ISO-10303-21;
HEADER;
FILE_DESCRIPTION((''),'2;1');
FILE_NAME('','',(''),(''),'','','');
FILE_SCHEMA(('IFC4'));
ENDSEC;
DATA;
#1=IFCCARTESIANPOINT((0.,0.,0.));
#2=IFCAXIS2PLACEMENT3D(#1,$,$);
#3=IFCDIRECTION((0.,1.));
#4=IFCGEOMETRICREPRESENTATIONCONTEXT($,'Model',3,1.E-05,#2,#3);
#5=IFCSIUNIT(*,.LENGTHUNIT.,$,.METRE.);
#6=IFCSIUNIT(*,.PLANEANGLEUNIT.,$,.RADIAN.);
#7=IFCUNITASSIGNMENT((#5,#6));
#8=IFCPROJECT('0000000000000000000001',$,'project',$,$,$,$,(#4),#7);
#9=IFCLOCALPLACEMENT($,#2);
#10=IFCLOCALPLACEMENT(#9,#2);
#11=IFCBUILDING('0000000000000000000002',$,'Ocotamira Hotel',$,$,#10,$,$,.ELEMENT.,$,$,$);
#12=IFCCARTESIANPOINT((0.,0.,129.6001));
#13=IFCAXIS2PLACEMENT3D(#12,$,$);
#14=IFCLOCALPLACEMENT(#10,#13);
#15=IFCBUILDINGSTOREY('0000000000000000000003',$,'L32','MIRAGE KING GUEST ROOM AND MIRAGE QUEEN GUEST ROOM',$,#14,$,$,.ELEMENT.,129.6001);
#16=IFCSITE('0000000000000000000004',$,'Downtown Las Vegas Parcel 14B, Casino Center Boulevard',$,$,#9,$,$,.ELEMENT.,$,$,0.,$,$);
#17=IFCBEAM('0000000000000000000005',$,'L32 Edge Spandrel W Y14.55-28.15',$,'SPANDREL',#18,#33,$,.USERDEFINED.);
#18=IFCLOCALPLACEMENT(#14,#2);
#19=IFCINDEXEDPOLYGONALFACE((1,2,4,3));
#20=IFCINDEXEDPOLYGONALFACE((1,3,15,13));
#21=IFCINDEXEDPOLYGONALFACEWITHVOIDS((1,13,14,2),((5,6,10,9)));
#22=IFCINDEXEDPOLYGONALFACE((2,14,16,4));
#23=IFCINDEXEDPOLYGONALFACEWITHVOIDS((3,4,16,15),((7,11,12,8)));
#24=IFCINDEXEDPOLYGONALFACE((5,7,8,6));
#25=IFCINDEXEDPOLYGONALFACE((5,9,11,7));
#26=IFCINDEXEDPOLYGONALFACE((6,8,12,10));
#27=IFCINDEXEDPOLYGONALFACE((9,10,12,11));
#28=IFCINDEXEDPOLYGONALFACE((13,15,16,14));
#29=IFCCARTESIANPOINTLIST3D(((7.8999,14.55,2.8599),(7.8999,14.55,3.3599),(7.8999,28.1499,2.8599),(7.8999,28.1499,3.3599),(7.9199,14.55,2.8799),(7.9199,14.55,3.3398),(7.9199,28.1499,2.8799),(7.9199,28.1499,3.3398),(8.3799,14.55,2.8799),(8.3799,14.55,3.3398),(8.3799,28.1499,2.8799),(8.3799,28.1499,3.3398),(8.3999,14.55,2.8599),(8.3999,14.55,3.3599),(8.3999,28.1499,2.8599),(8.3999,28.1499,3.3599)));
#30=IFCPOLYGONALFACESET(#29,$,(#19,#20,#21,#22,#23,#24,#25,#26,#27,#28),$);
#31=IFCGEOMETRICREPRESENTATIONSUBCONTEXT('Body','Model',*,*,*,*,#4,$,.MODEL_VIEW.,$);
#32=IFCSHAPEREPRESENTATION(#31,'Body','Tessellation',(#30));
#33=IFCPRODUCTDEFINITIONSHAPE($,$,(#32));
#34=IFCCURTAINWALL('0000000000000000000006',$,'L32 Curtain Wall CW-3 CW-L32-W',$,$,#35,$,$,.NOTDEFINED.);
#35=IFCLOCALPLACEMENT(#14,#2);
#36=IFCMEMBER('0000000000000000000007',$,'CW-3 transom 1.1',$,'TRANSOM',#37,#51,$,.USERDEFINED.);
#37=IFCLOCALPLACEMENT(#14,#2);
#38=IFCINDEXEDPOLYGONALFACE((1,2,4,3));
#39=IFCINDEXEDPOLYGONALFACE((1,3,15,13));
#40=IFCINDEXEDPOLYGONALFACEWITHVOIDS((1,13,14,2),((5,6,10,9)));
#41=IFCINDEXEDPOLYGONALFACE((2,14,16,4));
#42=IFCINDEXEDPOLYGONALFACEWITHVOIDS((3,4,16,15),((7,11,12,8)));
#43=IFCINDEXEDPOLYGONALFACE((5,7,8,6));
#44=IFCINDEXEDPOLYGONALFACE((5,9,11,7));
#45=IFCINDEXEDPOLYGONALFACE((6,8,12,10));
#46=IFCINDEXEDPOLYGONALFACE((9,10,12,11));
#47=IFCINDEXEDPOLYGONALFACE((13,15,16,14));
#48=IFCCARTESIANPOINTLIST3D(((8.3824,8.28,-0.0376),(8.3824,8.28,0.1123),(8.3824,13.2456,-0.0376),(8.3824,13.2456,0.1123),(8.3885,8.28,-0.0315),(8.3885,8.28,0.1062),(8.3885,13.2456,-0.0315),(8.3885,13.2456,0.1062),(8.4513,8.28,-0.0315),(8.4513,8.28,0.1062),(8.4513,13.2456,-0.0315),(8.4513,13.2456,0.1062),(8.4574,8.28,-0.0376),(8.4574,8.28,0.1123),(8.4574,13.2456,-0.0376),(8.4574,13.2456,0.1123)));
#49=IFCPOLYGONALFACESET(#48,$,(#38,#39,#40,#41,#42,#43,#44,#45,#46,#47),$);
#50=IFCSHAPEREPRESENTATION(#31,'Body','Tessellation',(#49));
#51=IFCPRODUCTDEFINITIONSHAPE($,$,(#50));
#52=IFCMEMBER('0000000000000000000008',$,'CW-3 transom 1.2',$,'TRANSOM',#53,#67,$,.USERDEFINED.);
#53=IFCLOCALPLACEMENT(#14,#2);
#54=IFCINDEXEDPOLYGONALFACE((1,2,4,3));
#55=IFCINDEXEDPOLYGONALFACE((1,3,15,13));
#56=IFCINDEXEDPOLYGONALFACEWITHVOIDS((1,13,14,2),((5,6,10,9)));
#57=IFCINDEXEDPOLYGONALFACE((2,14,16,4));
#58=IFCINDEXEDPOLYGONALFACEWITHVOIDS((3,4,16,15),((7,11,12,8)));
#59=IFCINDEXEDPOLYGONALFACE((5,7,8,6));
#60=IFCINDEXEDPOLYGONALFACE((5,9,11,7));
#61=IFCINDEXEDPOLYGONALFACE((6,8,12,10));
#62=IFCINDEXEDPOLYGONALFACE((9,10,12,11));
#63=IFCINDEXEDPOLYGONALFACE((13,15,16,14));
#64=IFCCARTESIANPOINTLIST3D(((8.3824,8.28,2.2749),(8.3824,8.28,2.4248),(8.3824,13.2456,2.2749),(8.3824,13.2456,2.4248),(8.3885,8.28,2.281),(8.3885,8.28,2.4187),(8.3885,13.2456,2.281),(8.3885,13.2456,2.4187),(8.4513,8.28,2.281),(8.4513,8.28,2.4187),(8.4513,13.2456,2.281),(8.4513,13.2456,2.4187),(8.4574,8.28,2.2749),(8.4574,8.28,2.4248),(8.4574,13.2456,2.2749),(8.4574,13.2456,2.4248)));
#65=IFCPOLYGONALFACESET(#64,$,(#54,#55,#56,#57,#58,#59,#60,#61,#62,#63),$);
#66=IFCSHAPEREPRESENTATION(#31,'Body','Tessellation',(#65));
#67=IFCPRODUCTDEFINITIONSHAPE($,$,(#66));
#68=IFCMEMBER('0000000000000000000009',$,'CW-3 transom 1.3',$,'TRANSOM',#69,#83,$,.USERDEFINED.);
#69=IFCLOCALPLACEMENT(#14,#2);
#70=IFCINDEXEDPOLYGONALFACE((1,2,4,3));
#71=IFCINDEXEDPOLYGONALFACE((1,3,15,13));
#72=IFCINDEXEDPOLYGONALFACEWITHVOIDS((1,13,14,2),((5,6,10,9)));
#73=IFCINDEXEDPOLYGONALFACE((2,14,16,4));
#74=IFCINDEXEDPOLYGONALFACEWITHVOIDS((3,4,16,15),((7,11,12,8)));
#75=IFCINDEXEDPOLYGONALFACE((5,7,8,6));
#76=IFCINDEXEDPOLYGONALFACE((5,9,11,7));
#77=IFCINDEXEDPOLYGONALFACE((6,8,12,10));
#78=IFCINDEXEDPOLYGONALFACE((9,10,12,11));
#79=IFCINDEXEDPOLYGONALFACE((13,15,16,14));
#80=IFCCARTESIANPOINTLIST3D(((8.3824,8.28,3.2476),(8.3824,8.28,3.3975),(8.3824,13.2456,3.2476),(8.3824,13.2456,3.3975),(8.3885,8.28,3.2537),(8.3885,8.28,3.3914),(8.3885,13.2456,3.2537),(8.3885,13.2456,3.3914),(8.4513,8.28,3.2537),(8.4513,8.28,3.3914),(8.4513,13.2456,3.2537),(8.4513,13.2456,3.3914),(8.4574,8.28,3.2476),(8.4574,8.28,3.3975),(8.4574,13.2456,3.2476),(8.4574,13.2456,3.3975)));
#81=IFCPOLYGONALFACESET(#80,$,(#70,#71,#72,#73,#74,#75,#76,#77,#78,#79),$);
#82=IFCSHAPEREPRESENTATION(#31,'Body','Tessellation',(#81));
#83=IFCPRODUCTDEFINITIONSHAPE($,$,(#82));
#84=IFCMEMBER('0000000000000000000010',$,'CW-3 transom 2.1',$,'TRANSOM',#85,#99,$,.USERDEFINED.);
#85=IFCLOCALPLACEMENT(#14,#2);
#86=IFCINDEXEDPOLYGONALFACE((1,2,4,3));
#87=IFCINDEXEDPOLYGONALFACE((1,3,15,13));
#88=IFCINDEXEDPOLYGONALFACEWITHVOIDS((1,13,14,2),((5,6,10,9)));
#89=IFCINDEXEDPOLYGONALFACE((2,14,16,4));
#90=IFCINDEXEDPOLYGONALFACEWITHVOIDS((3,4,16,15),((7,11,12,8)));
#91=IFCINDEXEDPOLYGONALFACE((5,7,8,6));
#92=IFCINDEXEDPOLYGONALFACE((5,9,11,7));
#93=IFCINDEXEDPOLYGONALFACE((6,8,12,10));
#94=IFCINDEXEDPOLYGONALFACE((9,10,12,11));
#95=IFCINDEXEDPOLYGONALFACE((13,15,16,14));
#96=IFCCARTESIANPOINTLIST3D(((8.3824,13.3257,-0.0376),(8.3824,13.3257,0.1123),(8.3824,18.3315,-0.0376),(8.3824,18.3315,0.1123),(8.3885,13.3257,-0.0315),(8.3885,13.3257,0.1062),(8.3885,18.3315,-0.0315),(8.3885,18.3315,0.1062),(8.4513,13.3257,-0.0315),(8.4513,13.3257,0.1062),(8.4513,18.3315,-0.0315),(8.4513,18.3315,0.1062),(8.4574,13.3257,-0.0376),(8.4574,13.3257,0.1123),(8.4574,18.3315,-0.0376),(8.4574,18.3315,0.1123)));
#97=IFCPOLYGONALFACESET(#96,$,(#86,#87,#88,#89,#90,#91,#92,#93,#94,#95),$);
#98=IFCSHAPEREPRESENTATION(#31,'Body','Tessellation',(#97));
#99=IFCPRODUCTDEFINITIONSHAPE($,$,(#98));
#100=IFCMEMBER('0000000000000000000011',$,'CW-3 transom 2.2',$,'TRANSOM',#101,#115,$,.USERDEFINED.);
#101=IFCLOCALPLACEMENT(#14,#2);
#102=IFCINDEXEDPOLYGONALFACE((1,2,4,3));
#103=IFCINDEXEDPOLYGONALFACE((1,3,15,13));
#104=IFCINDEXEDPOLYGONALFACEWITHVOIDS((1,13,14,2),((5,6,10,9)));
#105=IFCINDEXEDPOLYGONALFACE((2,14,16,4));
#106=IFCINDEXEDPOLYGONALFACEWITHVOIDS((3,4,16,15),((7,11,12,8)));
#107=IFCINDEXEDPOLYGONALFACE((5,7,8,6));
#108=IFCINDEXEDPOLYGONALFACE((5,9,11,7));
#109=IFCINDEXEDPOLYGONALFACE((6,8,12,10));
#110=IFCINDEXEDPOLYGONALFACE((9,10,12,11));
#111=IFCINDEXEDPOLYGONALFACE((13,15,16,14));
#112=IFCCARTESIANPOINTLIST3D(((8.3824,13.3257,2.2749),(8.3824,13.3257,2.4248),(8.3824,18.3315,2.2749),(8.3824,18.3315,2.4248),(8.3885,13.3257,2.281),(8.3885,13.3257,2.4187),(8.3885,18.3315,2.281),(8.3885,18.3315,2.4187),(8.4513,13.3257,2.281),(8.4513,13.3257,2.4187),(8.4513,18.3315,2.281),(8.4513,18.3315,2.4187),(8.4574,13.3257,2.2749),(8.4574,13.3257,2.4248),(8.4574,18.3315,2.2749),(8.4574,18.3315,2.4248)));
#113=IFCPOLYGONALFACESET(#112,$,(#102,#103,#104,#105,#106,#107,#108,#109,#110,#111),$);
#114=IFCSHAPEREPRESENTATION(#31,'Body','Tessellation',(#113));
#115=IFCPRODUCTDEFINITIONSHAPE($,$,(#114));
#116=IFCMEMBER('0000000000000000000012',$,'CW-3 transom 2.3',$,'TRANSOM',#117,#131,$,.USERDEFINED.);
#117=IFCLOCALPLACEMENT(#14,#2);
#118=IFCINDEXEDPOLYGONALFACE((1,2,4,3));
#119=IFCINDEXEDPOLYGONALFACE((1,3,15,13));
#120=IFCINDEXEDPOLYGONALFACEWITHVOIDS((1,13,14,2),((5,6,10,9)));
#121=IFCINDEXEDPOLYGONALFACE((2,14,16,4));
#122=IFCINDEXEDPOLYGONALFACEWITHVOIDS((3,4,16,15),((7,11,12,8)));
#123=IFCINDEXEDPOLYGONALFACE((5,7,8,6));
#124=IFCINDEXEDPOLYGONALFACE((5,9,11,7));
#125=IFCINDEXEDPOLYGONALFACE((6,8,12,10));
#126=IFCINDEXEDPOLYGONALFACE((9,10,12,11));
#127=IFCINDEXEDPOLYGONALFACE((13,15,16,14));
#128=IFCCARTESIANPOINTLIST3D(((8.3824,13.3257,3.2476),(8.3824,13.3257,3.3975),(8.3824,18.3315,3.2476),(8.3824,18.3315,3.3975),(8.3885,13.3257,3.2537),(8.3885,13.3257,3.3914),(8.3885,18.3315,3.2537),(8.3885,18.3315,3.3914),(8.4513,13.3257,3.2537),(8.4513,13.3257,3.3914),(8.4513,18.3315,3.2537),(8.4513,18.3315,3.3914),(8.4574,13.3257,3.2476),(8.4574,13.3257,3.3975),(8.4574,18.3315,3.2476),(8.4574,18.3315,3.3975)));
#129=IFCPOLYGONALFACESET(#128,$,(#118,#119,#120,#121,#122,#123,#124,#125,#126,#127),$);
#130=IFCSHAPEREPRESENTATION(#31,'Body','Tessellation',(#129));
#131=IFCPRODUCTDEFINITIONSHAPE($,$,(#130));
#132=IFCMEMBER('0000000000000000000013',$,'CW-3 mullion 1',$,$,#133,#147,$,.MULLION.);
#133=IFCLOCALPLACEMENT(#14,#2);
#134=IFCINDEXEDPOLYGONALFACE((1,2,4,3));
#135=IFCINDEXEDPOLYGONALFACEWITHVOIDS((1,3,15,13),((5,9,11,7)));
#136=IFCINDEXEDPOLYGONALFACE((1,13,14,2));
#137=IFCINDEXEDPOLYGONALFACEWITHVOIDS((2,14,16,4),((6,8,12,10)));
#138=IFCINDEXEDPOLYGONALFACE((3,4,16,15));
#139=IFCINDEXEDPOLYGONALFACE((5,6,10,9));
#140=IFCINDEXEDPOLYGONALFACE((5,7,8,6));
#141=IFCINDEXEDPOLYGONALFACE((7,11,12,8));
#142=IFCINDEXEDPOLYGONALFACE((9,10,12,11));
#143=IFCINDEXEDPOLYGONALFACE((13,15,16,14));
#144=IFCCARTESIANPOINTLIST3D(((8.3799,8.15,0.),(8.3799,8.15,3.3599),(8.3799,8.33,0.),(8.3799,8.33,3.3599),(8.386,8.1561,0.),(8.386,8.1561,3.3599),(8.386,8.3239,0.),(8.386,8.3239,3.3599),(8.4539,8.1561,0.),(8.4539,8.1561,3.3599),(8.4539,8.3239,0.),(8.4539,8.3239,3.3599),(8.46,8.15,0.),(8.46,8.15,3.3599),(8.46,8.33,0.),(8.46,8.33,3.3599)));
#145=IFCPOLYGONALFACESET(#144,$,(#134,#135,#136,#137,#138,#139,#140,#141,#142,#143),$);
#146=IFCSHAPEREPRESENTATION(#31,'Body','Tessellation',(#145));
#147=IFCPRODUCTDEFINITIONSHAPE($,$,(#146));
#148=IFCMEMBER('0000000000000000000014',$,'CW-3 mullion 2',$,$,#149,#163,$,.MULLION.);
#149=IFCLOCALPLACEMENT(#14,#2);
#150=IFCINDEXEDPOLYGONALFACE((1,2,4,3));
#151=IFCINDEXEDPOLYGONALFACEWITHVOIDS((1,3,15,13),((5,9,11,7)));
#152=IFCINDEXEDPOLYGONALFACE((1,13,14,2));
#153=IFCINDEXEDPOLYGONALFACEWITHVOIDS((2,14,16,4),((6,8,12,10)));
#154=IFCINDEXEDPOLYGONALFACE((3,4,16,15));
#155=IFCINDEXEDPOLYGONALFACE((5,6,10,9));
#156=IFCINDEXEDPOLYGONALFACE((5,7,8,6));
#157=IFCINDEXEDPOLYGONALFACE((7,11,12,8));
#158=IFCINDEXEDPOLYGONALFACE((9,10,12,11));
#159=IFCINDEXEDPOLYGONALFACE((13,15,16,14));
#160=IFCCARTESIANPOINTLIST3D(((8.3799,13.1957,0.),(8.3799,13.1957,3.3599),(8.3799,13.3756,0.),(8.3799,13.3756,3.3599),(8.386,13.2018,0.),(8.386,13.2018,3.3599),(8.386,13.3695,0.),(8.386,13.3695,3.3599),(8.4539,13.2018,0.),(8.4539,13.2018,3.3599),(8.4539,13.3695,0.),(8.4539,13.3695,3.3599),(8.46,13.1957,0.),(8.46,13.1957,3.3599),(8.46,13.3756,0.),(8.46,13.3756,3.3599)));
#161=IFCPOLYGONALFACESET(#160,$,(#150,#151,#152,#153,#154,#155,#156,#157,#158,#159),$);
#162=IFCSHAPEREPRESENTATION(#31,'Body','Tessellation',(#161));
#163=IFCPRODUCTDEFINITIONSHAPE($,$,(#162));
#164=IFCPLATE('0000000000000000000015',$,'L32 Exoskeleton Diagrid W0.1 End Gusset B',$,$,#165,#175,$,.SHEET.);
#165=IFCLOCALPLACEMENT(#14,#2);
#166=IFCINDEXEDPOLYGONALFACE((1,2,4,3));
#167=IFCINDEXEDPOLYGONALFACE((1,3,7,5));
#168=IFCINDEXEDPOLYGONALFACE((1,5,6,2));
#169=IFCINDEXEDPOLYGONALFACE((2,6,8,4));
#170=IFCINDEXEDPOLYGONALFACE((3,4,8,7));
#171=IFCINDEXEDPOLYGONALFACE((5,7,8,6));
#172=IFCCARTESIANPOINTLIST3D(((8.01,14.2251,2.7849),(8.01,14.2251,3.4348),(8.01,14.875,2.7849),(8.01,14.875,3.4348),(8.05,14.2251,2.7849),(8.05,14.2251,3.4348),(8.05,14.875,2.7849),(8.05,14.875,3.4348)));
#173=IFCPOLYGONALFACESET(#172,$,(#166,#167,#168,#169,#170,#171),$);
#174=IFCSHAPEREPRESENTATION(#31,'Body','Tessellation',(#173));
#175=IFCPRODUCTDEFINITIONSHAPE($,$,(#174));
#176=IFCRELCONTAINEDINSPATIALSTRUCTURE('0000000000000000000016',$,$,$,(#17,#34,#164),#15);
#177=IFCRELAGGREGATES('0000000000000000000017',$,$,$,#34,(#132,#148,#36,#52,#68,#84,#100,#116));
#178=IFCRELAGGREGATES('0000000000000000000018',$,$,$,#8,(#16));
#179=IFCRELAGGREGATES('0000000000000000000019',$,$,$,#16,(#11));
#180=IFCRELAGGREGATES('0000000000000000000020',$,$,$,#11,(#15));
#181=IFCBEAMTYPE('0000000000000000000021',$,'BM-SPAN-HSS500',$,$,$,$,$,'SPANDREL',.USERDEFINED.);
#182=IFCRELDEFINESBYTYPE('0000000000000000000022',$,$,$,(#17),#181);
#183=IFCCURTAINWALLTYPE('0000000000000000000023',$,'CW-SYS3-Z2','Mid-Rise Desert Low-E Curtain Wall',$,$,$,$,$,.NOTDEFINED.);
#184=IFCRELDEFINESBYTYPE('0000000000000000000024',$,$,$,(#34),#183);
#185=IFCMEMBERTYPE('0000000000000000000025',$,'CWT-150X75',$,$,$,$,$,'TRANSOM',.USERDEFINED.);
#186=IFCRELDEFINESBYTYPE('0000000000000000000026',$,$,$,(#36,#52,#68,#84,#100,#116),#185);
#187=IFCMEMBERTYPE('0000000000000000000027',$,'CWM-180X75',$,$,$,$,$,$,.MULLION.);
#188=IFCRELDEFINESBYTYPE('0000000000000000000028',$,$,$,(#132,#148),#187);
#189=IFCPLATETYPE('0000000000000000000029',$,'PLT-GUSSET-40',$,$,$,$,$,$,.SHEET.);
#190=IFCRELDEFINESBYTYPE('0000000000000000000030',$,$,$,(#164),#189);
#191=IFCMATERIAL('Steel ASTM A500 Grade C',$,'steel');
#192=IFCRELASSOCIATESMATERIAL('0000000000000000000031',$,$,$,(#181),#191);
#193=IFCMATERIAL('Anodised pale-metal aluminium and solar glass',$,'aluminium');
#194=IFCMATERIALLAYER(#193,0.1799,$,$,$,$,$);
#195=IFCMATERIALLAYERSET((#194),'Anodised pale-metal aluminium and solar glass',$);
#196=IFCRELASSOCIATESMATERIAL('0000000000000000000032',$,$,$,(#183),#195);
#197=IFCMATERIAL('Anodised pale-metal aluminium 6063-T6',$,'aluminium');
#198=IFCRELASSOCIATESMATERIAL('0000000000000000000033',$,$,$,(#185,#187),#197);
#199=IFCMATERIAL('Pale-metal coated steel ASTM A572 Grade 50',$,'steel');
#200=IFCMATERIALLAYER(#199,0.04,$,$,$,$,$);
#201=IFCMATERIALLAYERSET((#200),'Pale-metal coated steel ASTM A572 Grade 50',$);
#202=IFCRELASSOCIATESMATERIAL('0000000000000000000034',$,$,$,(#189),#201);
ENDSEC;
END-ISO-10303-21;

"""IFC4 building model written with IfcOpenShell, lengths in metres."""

from ifc_helpers import new_model, si_unit, direction, frame, origin, origin_2d, place, context, subcontext, project, spatial, rectangle, hollow_rectangle, extrude, source, transform, mapped, material, layer, layer_set, material_profile, profile_set, type_object, element, aggregate, save


model = new_model("IFC4")

# Units and contexts
model_context = context("Model", 3, precision=1e-05, world=origin(), true_north=direction((0.0, 1.0)))
body_context = subcontext(model_context, "Body", "Model", "MODEL_VIEW")
ifc_project = project(units=[si_unit("LENGTHUNIT", "METRE"), si_unit("PLANEANGLEUNIT", "RADIAN")], contexts=[model_context])

# Site, building, storey
site_placement = place(None, origin())
site = spatial("IfcSite", under=ifc_project, at=site_placement, Name="Downtown Las Vegas Parcel 14B, Casino Center Boulevard", CompositionType="ELEMENT", RefElevation=0.0)
building_placement = place(site_placement, origin())
building = spatial("IfcBuilding", under=site, at=building_placement, Name="Ocotamira Hotel", CompositionType="ELEMENT")
storey_placement = place(building_placement, frame((0.0, 0.0, 129.6001)))
storey = spatial("IfcBuildingStorey", under=building, at=storey_placement, Name="L32", Description="MIRAGE KING GUEST ROOM AND MIRAGE QUEEN GUEST ROOM", CompositionType="ELEMENT", Elevation=129.6001)

# Beam
ifc_material_1 = material(Name="Steel ASTM A500 Grade C", Category="steel")
ifc_material_profile_1 = material_profile(ifc_material_1, hollow_rectangle(XDim=0.5, YDim=0.5, WallThickness=0.02, at=origin_2d()), Name="HSS500X500X20")
ifc_profile_set_1 = profile_set([ifc_material_profile_1], Name="Steel ASTM A500 Grade C")
beam_type = type_object("IfcBeamType", Name="BM-SPAN-HSS500", ElementType="SPANDREL", PredefinedType="USERDEFINED", material=ifc_profile_set_1)
shared_shape_1 = source(origin(), body_context, "Body", "SweptSolid", [
    extrude(hollow_rectangle(XDim=0.5, YDim=0.5, WallThickness=0.02, at=origin_2d()), origin(), (0.0, 0.0, 1.0), 13.5999),
])
beam_placement = place(storey_placement, frame((8.1499, 14.55, 3.1099), z_axis=(0.0, 1.0, 0.0), x_axis=(-1.0, 0.0, 0.0)))
element("IfcBeam", 1, at=beam_placement, inside=storey, type_object=beam_type, Name="L32 Edge Spandrel W Y14.55-28.15", ObjectType="SPANDREL", PredefinedType="USERDEFINED", context=body_context, shape_type="MappedRepresentation", body=[
    mapped(shared_shape_1, transform((0.0, 0.0, 0.0), scale=1.0)),
])

# Curtain wall, members
ifc_material_2 = material(Name="Anodised pale-metal aluminium and solar glass", Category="aluminium")
ifc_layer_1 = layer(ifc_material_2, 0.1799)
ifc_layer_set_1 = layer_set([ifc_layer_1], Name="Anodised pale-metal aluminium and solar glass")
curtain_wall_type = type_object("IfcCurtainWallType", Name="CW-SYS3-Z2", Description="Mid-Rise Desert Low-E Curtain Wall", PredefinedType="NOTDEFINED", material=ifc_layer_set_1)
curtain_wall_placement = place(storey_placement, origin())
curtain_wall = element("IfcCurtainWall", 2, at=curtain_wall_placement, inside=storey, type_object=curtain_wall_type, Name="L32 Curtain Wall CW-3 CW-L32-W", PredefinedType="NOTDEFINED")
ifc_material_3 = material(Name="Anodised pale-metal aluminium 6063-T6", Category="aluminium")
ifc_material_profile_2 = material_profile(ifc_material_3, hollow_rectangle(XDim=0.075, YDim=0.1499, WallThickness=0.0061, at=origin_2d()), Name="HSS150X75X6")
ifc_profile_set_2 = profile_set([ifc_material_profile_2], Name="Anodised pale-metal aluminium 6063-T6")
member_type_1 = type_object("IfcMemberType", Name="CWT-150X75", ElementType="TRANSOM", PredefinedType="USERDEFINED", material=ifc_profile_set_2)
shared_shape_2 = source(origin(), body_context, "Body", "SweptSolid", [
    extrude(hollow_rectangle(XDim=0.075, YDim=0.1499, WallThickness=0.0061, at=origin_2d()), origin(), (0.0, 0.0, 1.0), 4.9656),
])
member_1_placement = place(storey_placement, frame((8.4199, 8.28, 0.0374), z_axis=(0.0, 1.0, 0.0), x_axis=(-1.0, 0.0, 0.0)))
member_1 = element("IfcMember", 3, at=member_1_placement, type_object=member_type_1, Name="CW-3 transom 1.1", ObjectType="TRANSOM", PredefinedType="USERDEFINED", context=body_context, shape_type="MappedRepresentation", body=[
    mapped(shared_shape_2, transform((0.0, 0.0, 0.0), scale=1.0)),
])
member_2_placement = place(storey_placement, frame((8.4199, 8.28, 2.3499), z_axis=(0.0, 1.0, 0.0), x_axis=(-1.0, 0.0, 0.0)))
member_2 = element("IfcMember", 4, at=member_2_placement, type_object=member_type_1, Name="CW-3 transom 1.2", ObjectType="TRANSOM", PredefinedType="USERDEFINED", context=body_context, shape_type="MappedRepresentation", body=[
    mapped(shared_shape_2, transform((0.0, 0.0, 0.0), scale=1.0)),
])
member_3_placement = place(storey_placement, frame((8.4199, 8.28, 3.3225), z_axis=(0.0, 1.0, 0.0), x_axis=(-1.0, 0.0, 0.0)))
member_3 = element("IfcMember", 5, at=member_3_placement, type_object=member_type_1, Name="CW-3 transom 1.3", ObjectType="TRANSOM", PredefinedType="USERDEFINED", context=body_context, shape_type="MappedRepresentation", body=[
    mapped(shared_shape_2, transform((0.0, 0.0, 0.0), scale=1.0)),
])
shared_shape_3 = source(origin(), body_context, "Body", "SweptSolid", [
    extrude(hollow_rectangle(XDim=0.075, YDim=0.1499, WallThickness=0.0061, at=origin_2d()), origin(), (0.0, 0.0, 1.0), 5.0059),
])
member_4_placement = place(storey_placement, frame((8.4199, 13.3257, 0.0374), z_axis=(0.0, 1.0, 0.0), x_axis=(-1.0, 0.0, 0.0)))
member_4 = element("IfcMember", 6, at=member_4_placement, type_object=member_type_1, Name="CW-3 transom 2.1", ObjectType="TRANSOM", PredefinedType="USERDEFINED", context=body_context, shape_type="MappedRepresentation", body=[
    mapped(shared_shape_3, transform((0.0, 0.0, 0.0), scale=1.0)),
])
member_5_placement = place(storey_placement, frame((8.4199, 13.3257, 2.3499), z_axis=(0.0, 1.0, 0.0), x_axis=(-1.0, 0.0, 0.0)))
member_5 = element("IfcMember", 7, at=member_5_placement, type_object=member_type_1, Name="CW-3 transom 2.2", ObjectType="TRANSOM", PredefinedType="USERDEFINED", context=body_context, shape_type="MappedRepresentation", body=[
    mapped(shared_shape_3, transform((0.0, 0.0, 0.0), scale=1.0)),
])
member_6_placement = place(storey_placement, frame((8.4199, 13.3257, 3.3225), z_axis=(0.0, 1.0, 0.0), x_axis=(-1.0, 0.0, 0.0)))
member_6 = element("IfcMember", 8, at=member_6_placement, type_object=member_type_1, Name="CW-3 transom 2.3", ObjectType="TRANSOM", PredefinedType="USERDEFINED", context=body_context, shape_type="MappedRepresentation", body=[
    mapped(shared_shape_3, transform((0.0, 0.0, 0.0), scale=1.0)),
])
ifc_material_profile_3 = material_profile(ifc_material_3, hollow_rectangle(XDim=0.0801, YDim=0.1799, WallThickness=0.0061, at=origin_2d()), Name="HSS180X80X6")
ifc_profile_set_3 = profile_set([ifc_material_profile_3], Name="Anodised pale-metal aluminium 6063-T6")
member_type_2 = type_object("IfcMemberType", Name="CWM-180X75", PredefinedType="MULLION", material=ifc_profile_set_3)
shared_shape_4 = source(origin(), body_context, "Body", "SweptSolid", [
    extrude(hollow_rectangle(XDim=0.0801, YDim=0.1799, WallThickness=0.0061, at=origin_2d()), origin(), (0.0, 0.0, 1.0), 3.3599),
])
member_7_placement = place(storey_placement, frame((8.4199, 8.24, 0.0), z_axis=(0.0, 0.0, 1.0), x_axis=(-1.0, 0.0, 0.0)))
member_7 = element("IfcMember", 9, at=member_7_placement, type_object=member_type_2, Name="CW-3 mullion 1", PredefinedType="MULLION", context=body_context, shape_type="MappedRepresentation", body=[
    mapped(shared_shape_4, transform((0.0, 0.0, 0.0), scale=1.0)),
])
member_8_placement = place(storey_placement, frame((8.4199, 13.2856, 0.0), z_axis=(0.0, 0.0, 1.0), x_axis=(-1.0, 0.0, 0.0)))
member_8 = element("IfcMember", 10, at=member_8_placement, type_object=member_type_2, Name="CW-3 mullion 2", PredefinedType="MULLION", context=body_context, shape_type="MappedRepresentation", body=[
    mapped(shared_shape_4, transform((0.0, 0.0, 0.0), scale=1.0)),
])

# Plate
ifc_material_4 = material(Name="Pale-metal coated steel ASTM A572 Grade 50", Category="steel")
ifc_layer_2 = layer(ifc_material_4, 0.04)
ifc_layer_set_2 = layer_set([ifc_layer_2], Name="Pale-metal coated steel ASTM A572 Grade 50")
plate_type_1 = type_object("IfcPlateType", Name="PLT-GUSSET-40", PredefinedType="SHEET", material=ifc_layer_set_2)
shared_shape_5 = source(origin(), body_context, "Body", "SweptSolid", [
    extrude(rectangle(XDim=0.04, YDim=0.6499, at=origin_2d()), origin(), (0.0, 0.0, 1.0), 0.6499),
])
plate_1_placement = place(storey_placement, frame((8.03, 14.55, 2.7849), z_axis=(0.0, 0.0, 1.0), x_axis=(1.0, 0.0, 0.0)))
element("IfcPlate", 11, at=plate_1_placement, inside=storey, type_object=plate_type_1, Name="L32 Exoskeleton Diagrid W0.1 End Gusset B", PredefinedType="SHEET", context=body_context, shape_type="MappedRepresentation", body=[
    mapped(shared_shape_5, transform((0.0, 0.0, 0.0), scale=1.0)),
])
aggregate(curtain_wall, [member_7, member_8, member_1, member_2, member_3, member_4, member_5, member_6])

save(model, "model.ifc")
